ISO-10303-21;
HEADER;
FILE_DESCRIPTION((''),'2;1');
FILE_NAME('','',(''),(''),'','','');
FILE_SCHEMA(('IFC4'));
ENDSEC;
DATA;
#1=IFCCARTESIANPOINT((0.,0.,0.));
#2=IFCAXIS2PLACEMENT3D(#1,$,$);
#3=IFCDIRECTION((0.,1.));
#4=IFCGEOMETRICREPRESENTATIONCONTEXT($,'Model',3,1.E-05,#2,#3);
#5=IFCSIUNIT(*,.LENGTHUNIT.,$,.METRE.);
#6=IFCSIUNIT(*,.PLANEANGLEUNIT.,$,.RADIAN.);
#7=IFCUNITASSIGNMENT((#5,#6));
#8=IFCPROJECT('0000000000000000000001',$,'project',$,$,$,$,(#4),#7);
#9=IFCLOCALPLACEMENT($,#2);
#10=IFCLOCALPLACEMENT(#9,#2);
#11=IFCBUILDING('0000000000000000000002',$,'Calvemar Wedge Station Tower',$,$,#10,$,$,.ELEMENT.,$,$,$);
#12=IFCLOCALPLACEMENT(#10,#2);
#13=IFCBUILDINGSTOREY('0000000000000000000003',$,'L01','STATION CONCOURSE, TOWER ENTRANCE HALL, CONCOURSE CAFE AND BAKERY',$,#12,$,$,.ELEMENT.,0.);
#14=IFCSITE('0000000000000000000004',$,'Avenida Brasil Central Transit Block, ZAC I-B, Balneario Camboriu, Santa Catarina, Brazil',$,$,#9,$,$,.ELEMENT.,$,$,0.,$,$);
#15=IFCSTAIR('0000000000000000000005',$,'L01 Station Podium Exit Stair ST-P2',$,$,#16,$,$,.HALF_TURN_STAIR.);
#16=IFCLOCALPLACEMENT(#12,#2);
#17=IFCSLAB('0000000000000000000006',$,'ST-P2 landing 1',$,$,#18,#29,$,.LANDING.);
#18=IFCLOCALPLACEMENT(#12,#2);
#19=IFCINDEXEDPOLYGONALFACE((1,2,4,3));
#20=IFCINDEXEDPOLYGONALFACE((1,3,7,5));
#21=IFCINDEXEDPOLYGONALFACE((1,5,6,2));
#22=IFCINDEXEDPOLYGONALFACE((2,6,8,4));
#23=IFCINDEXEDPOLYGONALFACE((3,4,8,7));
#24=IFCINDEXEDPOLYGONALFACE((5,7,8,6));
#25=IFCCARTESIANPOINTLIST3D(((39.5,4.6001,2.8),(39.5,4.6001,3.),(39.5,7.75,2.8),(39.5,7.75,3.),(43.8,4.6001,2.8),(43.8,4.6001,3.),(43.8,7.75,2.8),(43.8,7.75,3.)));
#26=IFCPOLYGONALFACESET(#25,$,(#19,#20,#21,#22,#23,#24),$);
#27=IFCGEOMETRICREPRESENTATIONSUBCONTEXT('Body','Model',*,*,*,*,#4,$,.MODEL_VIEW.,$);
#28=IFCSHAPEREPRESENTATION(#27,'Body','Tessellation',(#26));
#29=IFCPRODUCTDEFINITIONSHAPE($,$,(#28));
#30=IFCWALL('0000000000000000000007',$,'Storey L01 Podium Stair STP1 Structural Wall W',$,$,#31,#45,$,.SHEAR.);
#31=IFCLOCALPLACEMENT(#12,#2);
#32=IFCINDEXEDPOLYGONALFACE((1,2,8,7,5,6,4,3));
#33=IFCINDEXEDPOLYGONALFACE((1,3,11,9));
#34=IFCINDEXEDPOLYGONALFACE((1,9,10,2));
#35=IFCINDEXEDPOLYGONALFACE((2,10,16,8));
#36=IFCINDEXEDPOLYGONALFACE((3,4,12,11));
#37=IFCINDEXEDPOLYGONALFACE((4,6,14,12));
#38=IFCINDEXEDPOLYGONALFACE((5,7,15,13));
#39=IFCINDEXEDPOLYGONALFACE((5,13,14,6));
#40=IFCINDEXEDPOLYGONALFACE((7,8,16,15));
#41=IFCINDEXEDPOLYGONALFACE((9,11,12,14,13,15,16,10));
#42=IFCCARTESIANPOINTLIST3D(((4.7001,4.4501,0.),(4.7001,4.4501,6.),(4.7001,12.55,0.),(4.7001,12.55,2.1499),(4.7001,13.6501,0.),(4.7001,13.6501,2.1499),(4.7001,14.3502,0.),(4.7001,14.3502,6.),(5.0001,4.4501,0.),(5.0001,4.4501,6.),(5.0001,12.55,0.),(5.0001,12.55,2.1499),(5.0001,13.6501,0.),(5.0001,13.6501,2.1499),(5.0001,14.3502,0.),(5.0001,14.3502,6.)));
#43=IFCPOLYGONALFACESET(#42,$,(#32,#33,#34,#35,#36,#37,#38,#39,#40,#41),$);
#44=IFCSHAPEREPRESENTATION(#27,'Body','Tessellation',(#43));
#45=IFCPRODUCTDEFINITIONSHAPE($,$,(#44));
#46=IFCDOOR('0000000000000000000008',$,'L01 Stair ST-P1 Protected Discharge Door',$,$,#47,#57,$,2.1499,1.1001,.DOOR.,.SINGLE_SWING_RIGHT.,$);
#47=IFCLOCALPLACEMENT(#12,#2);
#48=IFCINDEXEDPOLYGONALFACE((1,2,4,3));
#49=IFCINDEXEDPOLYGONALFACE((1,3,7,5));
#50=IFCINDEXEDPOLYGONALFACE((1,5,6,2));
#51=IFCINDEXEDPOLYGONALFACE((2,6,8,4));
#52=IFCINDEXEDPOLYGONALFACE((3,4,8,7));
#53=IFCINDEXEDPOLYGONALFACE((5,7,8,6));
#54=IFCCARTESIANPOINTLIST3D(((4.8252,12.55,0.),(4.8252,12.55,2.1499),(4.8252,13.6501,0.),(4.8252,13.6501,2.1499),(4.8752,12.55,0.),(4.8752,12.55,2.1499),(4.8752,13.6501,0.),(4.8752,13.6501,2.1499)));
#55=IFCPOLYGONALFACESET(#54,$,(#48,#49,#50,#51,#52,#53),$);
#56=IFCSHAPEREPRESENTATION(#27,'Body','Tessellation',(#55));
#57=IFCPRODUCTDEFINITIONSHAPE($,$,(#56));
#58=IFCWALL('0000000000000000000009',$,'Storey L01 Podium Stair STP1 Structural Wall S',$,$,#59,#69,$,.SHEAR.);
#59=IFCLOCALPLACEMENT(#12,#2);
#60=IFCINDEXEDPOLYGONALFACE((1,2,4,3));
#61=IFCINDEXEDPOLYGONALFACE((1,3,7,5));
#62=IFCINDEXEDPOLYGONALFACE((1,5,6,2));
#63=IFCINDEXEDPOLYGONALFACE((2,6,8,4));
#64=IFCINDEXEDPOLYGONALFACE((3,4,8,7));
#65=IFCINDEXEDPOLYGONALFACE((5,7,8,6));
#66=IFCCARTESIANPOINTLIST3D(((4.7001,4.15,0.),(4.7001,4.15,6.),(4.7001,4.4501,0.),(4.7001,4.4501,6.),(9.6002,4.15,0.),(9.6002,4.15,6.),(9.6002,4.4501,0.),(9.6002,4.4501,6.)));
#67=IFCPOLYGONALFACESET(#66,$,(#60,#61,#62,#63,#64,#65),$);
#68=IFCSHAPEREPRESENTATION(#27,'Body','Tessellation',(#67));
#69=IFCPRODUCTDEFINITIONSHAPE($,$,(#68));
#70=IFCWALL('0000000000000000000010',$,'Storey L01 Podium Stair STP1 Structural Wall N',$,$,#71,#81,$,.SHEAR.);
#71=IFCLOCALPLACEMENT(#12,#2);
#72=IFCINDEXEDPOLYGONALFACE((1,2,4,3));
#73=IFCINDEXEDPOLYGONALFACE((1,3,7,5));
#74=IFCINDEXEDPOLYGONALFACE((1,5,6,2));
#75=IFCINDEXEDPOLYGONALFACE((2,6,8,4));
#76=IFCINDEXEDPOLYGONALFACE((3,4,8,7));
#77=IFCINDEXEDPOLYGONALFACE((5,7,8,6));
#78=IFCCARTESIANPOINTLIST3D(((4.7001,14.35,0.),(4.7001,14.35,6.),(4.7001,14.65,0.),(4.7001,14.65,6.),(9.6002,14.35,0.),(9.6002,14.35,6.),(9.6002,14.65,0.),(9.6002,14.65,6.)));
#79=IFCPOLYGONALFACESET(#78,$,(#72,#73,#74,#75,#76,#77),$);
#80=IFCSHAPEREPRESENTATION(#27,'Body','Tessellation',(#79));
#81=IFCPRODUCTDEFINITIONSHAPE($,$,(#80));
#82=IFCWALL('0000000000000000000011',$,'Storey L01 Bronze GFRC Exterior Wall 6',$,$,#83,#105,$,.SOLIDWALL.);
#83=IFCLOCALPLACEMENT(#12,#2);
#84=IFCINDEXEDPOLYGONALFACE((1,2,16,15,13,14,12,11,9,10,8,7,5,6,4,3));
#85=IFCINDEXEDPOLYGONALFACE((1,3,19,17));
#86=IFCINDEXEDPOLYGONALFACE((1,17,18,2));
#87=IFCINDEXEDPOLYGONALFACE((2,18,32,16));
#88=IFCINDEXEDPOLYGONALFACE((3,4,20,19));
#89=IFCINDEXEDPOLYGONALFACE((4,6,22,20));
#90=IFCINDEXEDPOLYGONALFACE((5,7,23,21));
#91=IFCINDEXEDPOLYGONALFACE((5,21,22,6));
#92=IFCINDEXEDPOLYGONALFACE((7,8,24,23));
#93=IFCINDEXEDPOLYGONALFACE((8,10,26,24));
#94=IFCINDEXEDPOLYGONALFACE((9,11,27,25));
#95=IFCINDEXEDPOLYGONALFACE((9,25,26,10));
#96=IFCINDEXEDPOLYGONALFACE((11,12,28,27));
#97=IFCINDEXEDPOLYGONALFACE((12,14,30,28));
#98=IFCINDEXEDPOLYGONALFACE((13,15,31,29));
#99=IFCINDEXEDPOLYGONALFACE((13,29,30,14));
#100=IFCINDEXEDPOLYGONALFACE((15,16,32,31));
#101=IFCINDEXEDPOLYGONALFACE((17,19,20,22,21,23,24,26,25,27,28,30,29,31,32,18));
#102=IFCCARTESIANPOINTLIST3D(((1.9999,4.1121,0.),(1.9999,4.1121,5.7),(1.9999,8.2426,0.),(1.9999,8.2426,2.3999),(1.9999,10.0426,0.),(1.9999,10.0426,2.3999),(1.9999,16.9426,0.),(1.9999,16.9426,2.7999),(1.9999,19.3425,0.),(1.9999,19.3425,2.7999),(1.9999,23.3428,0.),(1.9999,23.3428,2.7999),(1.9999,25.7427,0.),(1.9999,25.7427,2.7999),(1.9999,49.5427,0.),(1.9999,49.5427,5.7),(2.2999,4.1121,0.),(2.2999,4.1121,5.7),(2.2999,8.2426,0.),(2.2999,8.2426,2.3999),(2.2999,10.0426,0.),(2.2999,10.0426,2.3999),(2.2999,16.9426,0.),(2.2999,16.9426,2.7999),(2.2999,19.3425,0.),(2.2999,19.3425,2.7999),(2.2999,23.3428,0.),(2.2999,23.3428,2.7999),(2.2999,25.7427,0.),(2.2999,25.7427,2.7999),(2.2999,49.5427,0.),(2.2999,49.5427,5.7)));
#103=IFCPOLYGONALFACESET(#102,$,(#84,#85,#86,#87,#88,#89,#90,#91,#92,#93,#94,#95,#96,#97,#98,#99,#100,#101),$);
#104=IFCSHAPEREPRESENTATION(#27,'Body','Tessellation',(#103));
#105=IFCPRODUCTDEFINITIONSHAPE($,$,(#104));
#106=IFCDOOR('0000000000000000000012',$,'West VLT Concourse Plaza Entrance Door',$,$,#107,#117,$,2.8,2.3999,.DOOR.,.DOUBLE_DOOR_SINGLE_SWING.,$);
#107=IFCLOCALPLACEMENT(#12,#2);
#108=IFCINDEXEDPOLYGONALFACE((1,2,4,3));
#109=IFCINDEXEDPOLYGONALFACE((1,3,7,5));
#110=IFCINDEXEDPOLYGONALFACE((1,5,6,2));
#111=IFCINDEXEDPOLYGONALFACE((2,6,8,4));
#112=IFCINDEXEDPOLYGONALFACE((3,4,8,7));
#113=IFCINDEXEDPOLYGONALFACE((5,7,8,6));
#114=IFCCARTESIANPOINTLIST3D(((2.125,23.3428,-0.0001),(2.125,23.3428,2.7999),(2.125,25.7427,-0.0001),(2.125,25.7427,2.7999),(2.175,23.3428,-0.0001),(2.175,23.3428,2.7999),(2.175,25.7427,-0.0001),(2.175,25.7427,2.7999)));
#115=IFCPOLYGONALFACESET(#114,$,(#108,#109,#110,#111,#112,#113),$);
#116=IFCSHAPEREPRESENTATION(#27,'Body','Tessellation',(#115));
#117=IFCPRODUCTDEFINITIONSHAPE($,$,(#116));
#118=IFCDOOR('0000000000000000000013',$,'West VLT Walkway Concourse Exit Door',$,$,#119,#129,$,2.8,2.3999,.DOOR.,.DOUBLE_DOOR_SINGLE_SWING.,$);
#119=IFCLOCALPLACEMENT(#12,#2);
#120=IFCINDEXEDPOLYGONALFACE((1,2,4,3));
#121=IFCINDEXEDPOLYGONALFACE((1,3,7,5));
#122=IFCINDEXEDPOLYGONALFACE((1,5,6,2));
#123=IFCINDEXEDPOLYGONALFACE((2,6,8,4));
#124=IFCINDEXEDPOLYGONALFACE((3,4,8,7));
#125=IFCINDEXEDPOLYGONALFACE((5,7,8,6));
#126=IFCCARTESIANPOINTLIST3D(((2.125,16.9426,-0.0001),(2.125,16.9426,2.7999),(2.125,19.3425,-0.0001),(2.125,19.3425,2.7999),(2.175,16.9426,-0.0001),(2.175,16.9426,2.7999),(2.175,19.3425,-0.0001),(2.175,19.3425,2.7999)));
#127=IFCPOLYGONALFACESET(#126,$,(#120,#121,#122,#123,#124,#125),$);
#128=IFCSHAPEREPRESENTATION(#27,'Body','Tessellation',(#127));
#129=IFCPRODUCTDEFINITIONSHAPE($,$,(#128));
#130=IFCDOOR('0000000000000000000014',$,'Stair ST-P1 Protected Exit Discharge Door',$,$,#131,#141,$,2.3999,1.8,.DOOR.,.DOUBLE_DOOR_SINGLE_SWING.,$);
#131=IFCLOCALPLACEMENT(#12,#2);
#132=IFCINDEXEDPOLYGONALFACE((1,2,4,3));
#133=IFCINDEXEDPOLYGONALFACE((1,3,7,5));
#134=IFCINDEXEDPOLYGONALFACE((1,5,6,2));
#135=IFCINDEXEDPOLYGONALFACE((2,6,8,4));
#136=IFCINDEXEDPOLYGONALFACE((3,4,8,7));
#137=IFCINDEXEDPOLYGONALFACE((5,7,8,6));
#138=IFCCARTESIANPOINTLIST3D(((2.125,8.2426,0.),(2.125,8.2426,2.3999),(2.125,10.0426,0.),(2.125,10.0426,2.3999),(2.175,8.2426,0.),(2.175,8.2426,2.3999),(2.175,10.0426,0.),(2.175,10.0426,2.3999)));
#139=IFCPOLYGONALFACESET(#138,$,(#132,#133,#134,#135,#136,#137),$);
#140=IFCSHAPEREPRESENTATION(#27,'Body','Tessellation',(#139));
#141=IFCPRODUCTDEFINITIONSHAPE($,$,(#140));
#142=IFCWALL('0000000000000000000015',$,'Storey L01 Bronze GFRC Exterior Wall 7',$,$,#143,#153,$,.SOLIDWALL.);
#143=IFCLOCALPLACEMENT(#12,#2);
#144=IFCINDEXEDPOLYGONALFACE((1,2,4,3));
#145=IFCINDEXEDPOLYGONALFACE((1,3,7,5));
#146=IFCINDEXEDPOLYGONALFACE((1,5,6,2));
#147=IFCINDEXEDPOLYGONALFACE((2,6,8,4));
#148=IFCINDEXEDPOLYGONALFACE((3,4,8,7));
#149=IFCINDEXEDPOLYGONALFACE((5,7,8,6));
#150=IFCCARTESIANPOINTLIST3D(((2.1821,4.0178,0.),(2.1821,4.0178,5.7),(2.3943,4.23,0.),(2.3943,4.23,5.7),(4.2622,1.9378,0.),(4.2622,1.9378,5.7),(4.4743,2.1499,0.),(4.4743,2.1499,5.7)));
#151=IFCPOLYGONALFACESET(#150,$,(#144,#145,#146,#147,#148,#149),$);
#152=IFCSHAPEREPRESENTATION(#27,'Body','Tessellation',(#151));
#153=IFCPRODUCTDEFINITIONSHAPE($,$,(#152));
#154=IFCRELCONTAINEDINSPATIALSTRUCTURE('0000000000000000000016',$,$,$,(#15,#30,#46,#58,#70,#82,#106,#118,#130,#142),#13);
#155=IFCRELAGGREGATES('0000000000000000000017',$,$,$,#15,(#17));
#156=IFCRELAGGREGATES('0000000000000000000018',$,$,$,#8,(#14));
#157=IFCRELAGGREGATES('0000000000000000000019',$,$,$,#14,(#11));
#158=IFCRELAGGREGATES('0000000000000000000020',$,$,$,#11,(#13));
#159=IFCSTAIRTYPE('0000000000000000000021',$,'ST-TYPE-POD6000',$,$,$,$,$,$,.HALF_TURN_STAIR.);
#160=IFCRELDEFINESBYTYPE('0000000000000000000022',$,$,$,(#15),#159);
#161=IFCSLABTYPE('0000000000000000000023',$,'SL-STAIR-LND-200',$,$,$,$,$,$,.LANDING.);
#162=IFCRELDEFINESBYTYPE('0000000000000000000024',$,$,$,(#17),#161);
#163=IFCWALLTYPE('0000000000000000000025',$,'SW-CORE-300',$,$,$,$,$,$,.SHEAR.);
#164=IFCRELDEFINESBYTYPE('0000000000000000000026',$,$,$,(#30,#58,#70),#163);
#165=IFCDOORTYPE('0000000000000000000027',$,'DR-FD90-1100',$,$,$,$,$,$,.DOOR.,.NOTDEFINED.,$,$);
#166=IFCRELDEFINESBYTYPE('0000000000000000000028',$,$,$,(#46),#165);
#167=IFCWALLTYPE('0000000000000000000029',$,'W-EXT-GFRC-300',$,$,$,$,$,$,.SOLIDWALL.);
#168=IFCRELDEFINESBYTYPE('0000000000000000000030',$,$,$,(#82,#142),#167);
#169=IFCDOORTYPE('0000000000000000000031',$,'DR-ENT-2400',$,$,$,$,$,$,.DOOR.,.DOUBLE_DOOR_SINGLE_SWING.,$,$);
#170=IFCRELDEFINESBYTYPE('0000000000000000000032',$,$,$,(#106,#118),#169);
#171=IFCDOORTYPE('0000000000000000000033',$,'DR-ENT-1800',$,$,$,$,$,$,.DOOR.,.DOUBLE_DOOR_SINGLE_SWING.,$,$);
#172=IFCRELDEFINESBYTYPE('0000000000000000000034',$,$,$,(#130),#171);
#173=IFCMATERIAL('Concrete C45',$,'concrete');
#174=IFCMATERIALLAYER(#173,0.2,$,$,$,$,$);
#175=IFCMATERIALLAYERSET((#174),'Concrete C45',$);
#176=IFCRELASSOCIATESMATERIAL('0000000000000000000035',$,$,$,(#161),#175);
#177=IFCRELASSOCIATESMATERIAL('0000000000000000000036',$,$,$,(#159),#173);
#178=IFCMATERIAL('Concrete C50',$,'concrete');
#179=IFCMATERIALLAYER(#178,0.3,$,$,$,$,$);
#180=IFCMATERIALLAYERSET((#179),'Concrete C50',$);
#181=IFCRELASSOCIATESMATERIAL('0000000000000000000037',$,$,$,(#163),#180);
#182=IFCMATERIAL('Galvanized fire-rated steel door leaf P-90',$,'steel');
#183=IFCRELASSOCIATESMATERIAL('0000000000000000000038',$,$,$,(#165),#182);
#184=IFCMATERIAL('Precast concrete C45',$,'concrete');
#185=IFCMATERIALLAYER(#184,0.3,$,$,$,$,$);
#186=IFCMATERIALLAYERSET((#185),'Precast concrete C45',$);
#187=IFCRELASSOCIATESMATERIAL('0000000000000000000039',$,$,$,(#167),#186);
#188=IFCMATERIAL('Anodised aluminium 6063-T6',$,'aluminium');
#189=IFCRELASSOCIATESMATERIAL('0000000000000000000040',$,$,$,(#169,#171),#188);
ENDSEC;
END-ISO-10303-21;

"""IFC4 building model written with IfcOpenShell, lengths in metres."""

from ifc_helpers import new_model, si_unit, direction, frame, frame_2d, origin, place, context, subcontext, project, spatial, polyline, rectangle, outline, extrude, source, transform, mapped, material, layer, layer_set, type_object, element, fill, aggregate, save


model = new_model("IFC4")

# Units and contexts
model_context = context("Model", 3, precision=1e-05, world=origin(), true_north=direction((0.0, 1.0)))
body_context = subcontext(model_context, "Body", "Model", "MODEL_VIEW")
ifc_project = project(units=[si_unit("LENGTHUNIT", "METRE"), si_unit("PLANEANGLEUNIT", "RADIAN")], contexts=[model_context])

# Site, building, storey
site_placement = place(None, origin())
site = spatial("IfcSite", under=ifc_project, at=site_placement, Name="Avenida Brasil Central Transit Block, ZAC I-B, Balneario Camboriu, Santa Catarina, Brazil", CompositionType="ELEMENT", RefElevation=0.0)
building_placement = place(site_placement, origin())
building = spatial("IfcBuilding", under=site, at=building_placement, Name="Calvemar Wedge Station Tower", CompositionType="ELEMENT")
storey_placement = place(building_placement, origin())
storey = spatial("IfcBuildingStorey", under=building, at=storey_placement, Name="L01", Description="STATION CONCOURSE, TOWER ENTRANCE HALL, CONCOURSE CAFE AND BAKERY", CompositionType="ELEMENT", Elevation=0.0)

# Shared definitions
ifc_material_1 = material(Name="Concrete C45", Category="concrete")

# Shared definitions
ifc_material_2 = material(Name="Concrete C50", Category="concrete")

# Stair, slab
ifc_layer_1 = layer(ifc_material_1, 0.2)
ifc_layer_set_1 = layer_set([ifc_layer_1], Name="Concrete C45")
slab_type_1 = type_object("IfcSlabType", Name="SL-STAIR-LND-200", PredefinedType="LANDING", material=ifc_layer_set_1)
stair_type_1 = type_object("IfcStairType", Name="ST-TYPE-POD6000", PredefinedType="HALF_TURN_STAIR", material=ifc_material_1)
stair_1_placement = place(storey_placement, origin())
stair_1 = element("IfcStair", 1, at=stair_1_placement, inside=storey, type_object=stair_type_1, Name="L01 Station Podium Exit Stair ST-P2", PredefinedType="HALF_TURN_STAIR")
slab_1_placement = place(storey_placement, frame((0.0, 0.0, 2.8)))
slab_1 = element("IfcSlab", 2, at=slab_1_placement, type_object=slab_type_1, Name="ST-P2 landing 1", PredefinedType="LANDING", context=body_context, shape_type="SweptSolid", body=[
    extrude(outline(polyline([(39.5, 7.75), (39.5, 4.6001), (43.8, 4.6001), (43.8, 7.75), (39.5, 7.75)])), origin(), (0.0, 0.0, 1.0), 0.2),
])
aggregate(stair_1, [slab_1])

# Wall, opening, door
ifc_layer_2 = layer(ifc_material_2, 0.3)
ifc_layer_set_2 = layer_set([ifc_layer_2], Name="Concrete C50")
wall_type_1 = type_object("IfcWallType", Name="SW-CORE-300", PredefinedType="SHEAR", material=ifc_layer_set_2)
wall_1_placement = place(storey_placement, frame((4.8501, 4.45, 0.0), z_axis=(0.0, 0.0, 1.0), x_axis=(0.0, 1.0, 0.0)))
wall_1 = element("IfcWall", 3, at=wall_1_placement, inside=storey, type_object=wall_type_1, Name="Storey L01 Podium Stair STP1 Structural Wall W", PredefinedType="SHEAR", context=body_context, shape_type="SweptSolid", body=[
    extrude(rectangle(XDim=9.9001, YDim=0.3, at=frame_2d((4.9502, 0.0))), origin(), (0.0, 0.0, 1.0), 6.0),
])
shared_shape_1 = source(origin(), body_context, "Body", "SweptSolid", [
    extrude(rectangle(XDim=1.1001, YDim=2.1499, at=frame_2d((0.55, 1.075))), frame((0.0, 0.1602, 0.0), z_axis=(0.0, -1.0, 0.0), x_axis=(1.0, 0.0, 0.0)), (0.0, 0.0, 1.0), 0.3201),
])
opening_1_placement = place(wall_1_placement, frame((8.1001, 0.0, 0.0)))
opening_1 = element("IfcOpeningElement", 4, at=opening_1_placement, cuts=wall_1, PredefinedType="OPENING", context=body_context, shape_type="MappedRepresentation", body=[
    mapped(shared_shape_1, transform((0.0, 0.0, 0.0), scale=1.0)),
])
ifc_material_3 = material(Name="Galvanized fire-rated steel door leaf P-90", Category="steel")
door_type_1 = type_object("IfcDoorType", Name="DR-FD90-1100", OperationType="NOTDEFINED", PredefinedType="DOOR", material=ifc_material_3)
shared_shape_2 = source(origin(), body_context, "Body", "SweptSolid", [
    extrude(rectangle(XDim=1.1001, YDim=2.1499, at=frame_2d((0.55, 1.075))), frame((0.0, 0.0249, 0.0), z_axis=(0.0, -1.0, 0.0), x_axis=(1.0, 0.0, 0.0)), (0.0, 0.0, 1.0), 0.05),
])
door_1_placement = place(opening_1_placement, origin())
door_1 = element("IfcDoor", 5, at=door_1_placement, inside=storey, type_object=door_type_1, Name="L01 Stair ST-P1 Protected Discharge Door", OperationType="SINGLE_SWING_RIGHT", OverallHeight=2.1499, OverallWidth=1.1001, PredefinedType="DOOR", context=body_context, shape_type="MappedRepresentation", body=[
    mapped(shared_shape_2, transform((0.0, 0.0, 0.0), scale=1.0)),
])
fill(opening_1, door_1)

# Walls
for number, where, z_axis, x_axis, name in (
    (6, (4.7, 4.3, 0.0), (0.0, 0.0, 1.0), (1.0, 0.0, 0.0), "Storey L01 Podium Stair STP1 Structural Wall S"),
    (7, (4.7, 14.5, 0.0), (0.0, 0.0, 1.0), (1.0, 0.0, 0.0), "Storey L01 Podium Stair STP1 Structural Wall N"),
):
    element("IfcWall", number, at=place(storey_placement, frame(where, z_axis=z_axis, x_axis=x_axis)), inside=storey, type_object=wall_type_1, Name=name, PredefinedType="SHEAR", context=body_context, shape_type="SweptSolid", body=[
        extrude(rectangle(XDim=4.9001, YDim=0.3, at=frame_2d((2.4502, 0.0))), origin(), (0.0, 0.0, 1.0), 6.0),
    ])

# Wall, openings, doors
ifc_material_4 = material(Name="Precast concrete C45", Category="concrete")
ifc_layer_3 = layer(ifc_material_4, 0.3)
ifc_layer_set_3 = layer_set([ifc_layer_3], Name="Precast concrete C45")
wall_type_2 = type_object("IfcWallType", Name="W-EXT-GFRC-300", PredefinedType="SOLIDWALL", material=ifc_layer_set_3)
wall_2_placement = place(storey_placement, frame((2.1499, 4.1121, 0.0), z_axis=(0.0, 0.0, 1.0), x_axis=(0.0, 1.0, 0.0)))
wall_2 = element("IfcWall", 8, at=wall_2_placement, inside=storey, type_object=wall_type_2, Name="Storey L01 Bronze GFRC Exterior Wall 6", PredefinedType="SOLIDWALL", context=body_context, shape_type="SweptSolid", body=[
    extrude(rectangle(XDim=45.4307, YDim=0.3, at=frame_2d((22.7153, 0.0))), origin(), (0.0, 0.0, 1.0), 5.7),
])
shared_shape_3 = source(origin(), body_context, "Body", "SweptSolid", [
    extrude(rectangle(XDim=2.3999, YDim=2.8, at=frame_2d((1.2, 1.3999))), frame((0.0, 0.1602, 0.0), z_axis=(0.0, -1.0, 0.0), x_axis=(1.0, 0.0, 0.0)), (0.0, 0.0, 1.0), 0.3201),
])
opening_2_placement = place(wall_2_placement, frame((19.2307, 0.0, 0.0)))
opening_2 = element("IfcOpeningElement", 9, at=opening_2_placement, cuts=wall_2, PredefinedType="OPENING", context=body_context, shape_type="MappedRepresentation", body=[
    mapped(shared_shape_3, transform((0.0, 0.0, 0.0), scale=1.0)),
])
opening_3_placement = place(wall_2_placement, frame((12.8306, 0.0, 0.0)))
opening_3 = element("IfcOpeningElement", 10, at=opening_3_placement, cuts=wall_2, PredefinedType="OPENING", context=body_context, shape_type="MappedRepresentation", body=[
    mapped(shared_shape_3, transform((0.0, 0.0, 0.0), scale=1.0)),
])
shared_shape_4 = source(origin(), body_context, "Body", "SweptSolid", [
    extrude(rectangle(XDim=1.8, YDim=2.3999, at=frame_2d((0.8999, 1.2))), frame((0.0, 0.1602, 0.0), z_axis=(0.0, -1.0, 0.0), x_axis=(1.0, 0.0, 0.0)), (0.0, 0.0, 1.0), 0.3201),
])
opening_4_placement = place(wall_2_placement, frame((4.1306, 0.0, 0.0)))
opening_4 = element("IfcOpeningElement", 11, at=opening_4_placement, cuts=wall_2, PredefinedType="OPENING", context=body_context, shape_type="MappedRepresentation", body=[
    mapped(shared_shape_4, transform((0.0, 0.0, 0.0), scale=1.0)),
])
ifc_material_5 = material(Name="Anodised aluminium 6063-T6", Category="aluminium")
door_type_2 = type_object("IfcDoorType", Name="DR-ENT-2400", OperationType="DOUBLE_DOOR_SINGLE_SWING", PredefinedType="DOOR", material=ifc_material_5)
shared_shape_5 = source(origin(), body_context, "Body", "SweptSolid", [
    extrude(rectangle(XDim=2.3999, YDim=2.8, at=frame_2d((1.2, 1.3999))), frame((0.0, 0.0249, 0.0), z_axis=(0.0, -1.0, 0.0), x_axis=(1.0, 0.0, 0.0)), (0.0, 0.0, 1.0), 0.05),
])
door_2_placement = place(opening_2_placement, origin())
door_2 = element("IfcDoor", 12, at=door_2_placement, inside=storey, type_object=door_type_2, Name="West VLT Concourse Plaza Entrance Door", OperationType="DOUBLE_DOOR_SINGLE_SWING", OverallHeight=2.8, OverallWidth=2.3999, PredefinedType="DOOR", context=body_context, shape_type="MappedRepresentation", body=[
    mapped(shared_shape_5, transform((0.0, 0.0, 0.0), scale=1.0)),
])
fill(opening_2, door_2)
door_3_placement = place(opening_3_placement, origin())
door_3 = element("IfcDoor", 13, at=door_3_placement, inside=storey, type_object=door_type_2, Name="West VLT Walkway Concourse Exit Door", OperationType="DOUBLE_DOOR_SINGLE_SWING", OverallHeight=2.8, OverallWidth=2.3999, PredefinedType="DOOR", context=body_context, shape_type="MappedRepresentation", body=[
    mapped(shared_shape_5, transform((0.0, 0.0, 0.0), scale=1.0)),
])
fill(opening_3, door_3)
door_type_3 = type_object("IfcDoorType", Name="DR-ENT-1800", OperationType="DOUBLE_DOOR_SINGLE_SWING", PredefinedType="DOOR", material=ifc_material_5)
shared_shape_6 = source(origin(), body_context, "Body", "SweptSolid", [
    extrude(rectangle(XDim=1.8, YDim=2.3999, at=frame_2d((0.8999, 1.2))), frame((0.0, 0.0249, 0.0), z_axis=(0.0, -1.0, 0.0), x_axis=(1.0, 0.0, 0.0)), (0.0, 0.0, 1.0), 0.05),
])
door_4_placement = place(opening_4_placement, origin())
door_4 = element("IfcDoor", 14, at=door_4_placement, inside=storey, type_object=door_type_3, Name="Stair ST-P1 Protected Exit Discharge Door", OperationType="DOUBLE_DOOR_SINGLE_SWING", OverallHeight=2.3999, OverallWidth=1.8, PredefinedType="DOOR", context=body_context, shape_type="MappedRepresentation", body=[
    mapped(shared_shape_6, transform((0.0, 0.0, 0.0), scale=1.0)),
])
fill(opening_4, door_4)

# Wall
wall_3_placement = place(storey_placement, frame((4.3682, 2.0439, 0.0), z_axis=(0.0, 0.0, 1.0), x_axis=(-0.707107, 0.707107, 0.0)))
element("IfcWall", 15, at=wall_3_placement, inside=storey, type_object=wall_type_2, Name="Storey L01 Bronze GFRC Exterior Wall 7", PredefinedType="SOLIDWALL", context=body_context, shape_type="SweptSolid", body=[
    extrude(rectangle(XDim=2.9417, YDim=0.3, at=frame_2d((1.4707, 0.0))), origin(), (0.0, 0.0, 1.0), 5.7),
])

save(model, "model.ifc")
